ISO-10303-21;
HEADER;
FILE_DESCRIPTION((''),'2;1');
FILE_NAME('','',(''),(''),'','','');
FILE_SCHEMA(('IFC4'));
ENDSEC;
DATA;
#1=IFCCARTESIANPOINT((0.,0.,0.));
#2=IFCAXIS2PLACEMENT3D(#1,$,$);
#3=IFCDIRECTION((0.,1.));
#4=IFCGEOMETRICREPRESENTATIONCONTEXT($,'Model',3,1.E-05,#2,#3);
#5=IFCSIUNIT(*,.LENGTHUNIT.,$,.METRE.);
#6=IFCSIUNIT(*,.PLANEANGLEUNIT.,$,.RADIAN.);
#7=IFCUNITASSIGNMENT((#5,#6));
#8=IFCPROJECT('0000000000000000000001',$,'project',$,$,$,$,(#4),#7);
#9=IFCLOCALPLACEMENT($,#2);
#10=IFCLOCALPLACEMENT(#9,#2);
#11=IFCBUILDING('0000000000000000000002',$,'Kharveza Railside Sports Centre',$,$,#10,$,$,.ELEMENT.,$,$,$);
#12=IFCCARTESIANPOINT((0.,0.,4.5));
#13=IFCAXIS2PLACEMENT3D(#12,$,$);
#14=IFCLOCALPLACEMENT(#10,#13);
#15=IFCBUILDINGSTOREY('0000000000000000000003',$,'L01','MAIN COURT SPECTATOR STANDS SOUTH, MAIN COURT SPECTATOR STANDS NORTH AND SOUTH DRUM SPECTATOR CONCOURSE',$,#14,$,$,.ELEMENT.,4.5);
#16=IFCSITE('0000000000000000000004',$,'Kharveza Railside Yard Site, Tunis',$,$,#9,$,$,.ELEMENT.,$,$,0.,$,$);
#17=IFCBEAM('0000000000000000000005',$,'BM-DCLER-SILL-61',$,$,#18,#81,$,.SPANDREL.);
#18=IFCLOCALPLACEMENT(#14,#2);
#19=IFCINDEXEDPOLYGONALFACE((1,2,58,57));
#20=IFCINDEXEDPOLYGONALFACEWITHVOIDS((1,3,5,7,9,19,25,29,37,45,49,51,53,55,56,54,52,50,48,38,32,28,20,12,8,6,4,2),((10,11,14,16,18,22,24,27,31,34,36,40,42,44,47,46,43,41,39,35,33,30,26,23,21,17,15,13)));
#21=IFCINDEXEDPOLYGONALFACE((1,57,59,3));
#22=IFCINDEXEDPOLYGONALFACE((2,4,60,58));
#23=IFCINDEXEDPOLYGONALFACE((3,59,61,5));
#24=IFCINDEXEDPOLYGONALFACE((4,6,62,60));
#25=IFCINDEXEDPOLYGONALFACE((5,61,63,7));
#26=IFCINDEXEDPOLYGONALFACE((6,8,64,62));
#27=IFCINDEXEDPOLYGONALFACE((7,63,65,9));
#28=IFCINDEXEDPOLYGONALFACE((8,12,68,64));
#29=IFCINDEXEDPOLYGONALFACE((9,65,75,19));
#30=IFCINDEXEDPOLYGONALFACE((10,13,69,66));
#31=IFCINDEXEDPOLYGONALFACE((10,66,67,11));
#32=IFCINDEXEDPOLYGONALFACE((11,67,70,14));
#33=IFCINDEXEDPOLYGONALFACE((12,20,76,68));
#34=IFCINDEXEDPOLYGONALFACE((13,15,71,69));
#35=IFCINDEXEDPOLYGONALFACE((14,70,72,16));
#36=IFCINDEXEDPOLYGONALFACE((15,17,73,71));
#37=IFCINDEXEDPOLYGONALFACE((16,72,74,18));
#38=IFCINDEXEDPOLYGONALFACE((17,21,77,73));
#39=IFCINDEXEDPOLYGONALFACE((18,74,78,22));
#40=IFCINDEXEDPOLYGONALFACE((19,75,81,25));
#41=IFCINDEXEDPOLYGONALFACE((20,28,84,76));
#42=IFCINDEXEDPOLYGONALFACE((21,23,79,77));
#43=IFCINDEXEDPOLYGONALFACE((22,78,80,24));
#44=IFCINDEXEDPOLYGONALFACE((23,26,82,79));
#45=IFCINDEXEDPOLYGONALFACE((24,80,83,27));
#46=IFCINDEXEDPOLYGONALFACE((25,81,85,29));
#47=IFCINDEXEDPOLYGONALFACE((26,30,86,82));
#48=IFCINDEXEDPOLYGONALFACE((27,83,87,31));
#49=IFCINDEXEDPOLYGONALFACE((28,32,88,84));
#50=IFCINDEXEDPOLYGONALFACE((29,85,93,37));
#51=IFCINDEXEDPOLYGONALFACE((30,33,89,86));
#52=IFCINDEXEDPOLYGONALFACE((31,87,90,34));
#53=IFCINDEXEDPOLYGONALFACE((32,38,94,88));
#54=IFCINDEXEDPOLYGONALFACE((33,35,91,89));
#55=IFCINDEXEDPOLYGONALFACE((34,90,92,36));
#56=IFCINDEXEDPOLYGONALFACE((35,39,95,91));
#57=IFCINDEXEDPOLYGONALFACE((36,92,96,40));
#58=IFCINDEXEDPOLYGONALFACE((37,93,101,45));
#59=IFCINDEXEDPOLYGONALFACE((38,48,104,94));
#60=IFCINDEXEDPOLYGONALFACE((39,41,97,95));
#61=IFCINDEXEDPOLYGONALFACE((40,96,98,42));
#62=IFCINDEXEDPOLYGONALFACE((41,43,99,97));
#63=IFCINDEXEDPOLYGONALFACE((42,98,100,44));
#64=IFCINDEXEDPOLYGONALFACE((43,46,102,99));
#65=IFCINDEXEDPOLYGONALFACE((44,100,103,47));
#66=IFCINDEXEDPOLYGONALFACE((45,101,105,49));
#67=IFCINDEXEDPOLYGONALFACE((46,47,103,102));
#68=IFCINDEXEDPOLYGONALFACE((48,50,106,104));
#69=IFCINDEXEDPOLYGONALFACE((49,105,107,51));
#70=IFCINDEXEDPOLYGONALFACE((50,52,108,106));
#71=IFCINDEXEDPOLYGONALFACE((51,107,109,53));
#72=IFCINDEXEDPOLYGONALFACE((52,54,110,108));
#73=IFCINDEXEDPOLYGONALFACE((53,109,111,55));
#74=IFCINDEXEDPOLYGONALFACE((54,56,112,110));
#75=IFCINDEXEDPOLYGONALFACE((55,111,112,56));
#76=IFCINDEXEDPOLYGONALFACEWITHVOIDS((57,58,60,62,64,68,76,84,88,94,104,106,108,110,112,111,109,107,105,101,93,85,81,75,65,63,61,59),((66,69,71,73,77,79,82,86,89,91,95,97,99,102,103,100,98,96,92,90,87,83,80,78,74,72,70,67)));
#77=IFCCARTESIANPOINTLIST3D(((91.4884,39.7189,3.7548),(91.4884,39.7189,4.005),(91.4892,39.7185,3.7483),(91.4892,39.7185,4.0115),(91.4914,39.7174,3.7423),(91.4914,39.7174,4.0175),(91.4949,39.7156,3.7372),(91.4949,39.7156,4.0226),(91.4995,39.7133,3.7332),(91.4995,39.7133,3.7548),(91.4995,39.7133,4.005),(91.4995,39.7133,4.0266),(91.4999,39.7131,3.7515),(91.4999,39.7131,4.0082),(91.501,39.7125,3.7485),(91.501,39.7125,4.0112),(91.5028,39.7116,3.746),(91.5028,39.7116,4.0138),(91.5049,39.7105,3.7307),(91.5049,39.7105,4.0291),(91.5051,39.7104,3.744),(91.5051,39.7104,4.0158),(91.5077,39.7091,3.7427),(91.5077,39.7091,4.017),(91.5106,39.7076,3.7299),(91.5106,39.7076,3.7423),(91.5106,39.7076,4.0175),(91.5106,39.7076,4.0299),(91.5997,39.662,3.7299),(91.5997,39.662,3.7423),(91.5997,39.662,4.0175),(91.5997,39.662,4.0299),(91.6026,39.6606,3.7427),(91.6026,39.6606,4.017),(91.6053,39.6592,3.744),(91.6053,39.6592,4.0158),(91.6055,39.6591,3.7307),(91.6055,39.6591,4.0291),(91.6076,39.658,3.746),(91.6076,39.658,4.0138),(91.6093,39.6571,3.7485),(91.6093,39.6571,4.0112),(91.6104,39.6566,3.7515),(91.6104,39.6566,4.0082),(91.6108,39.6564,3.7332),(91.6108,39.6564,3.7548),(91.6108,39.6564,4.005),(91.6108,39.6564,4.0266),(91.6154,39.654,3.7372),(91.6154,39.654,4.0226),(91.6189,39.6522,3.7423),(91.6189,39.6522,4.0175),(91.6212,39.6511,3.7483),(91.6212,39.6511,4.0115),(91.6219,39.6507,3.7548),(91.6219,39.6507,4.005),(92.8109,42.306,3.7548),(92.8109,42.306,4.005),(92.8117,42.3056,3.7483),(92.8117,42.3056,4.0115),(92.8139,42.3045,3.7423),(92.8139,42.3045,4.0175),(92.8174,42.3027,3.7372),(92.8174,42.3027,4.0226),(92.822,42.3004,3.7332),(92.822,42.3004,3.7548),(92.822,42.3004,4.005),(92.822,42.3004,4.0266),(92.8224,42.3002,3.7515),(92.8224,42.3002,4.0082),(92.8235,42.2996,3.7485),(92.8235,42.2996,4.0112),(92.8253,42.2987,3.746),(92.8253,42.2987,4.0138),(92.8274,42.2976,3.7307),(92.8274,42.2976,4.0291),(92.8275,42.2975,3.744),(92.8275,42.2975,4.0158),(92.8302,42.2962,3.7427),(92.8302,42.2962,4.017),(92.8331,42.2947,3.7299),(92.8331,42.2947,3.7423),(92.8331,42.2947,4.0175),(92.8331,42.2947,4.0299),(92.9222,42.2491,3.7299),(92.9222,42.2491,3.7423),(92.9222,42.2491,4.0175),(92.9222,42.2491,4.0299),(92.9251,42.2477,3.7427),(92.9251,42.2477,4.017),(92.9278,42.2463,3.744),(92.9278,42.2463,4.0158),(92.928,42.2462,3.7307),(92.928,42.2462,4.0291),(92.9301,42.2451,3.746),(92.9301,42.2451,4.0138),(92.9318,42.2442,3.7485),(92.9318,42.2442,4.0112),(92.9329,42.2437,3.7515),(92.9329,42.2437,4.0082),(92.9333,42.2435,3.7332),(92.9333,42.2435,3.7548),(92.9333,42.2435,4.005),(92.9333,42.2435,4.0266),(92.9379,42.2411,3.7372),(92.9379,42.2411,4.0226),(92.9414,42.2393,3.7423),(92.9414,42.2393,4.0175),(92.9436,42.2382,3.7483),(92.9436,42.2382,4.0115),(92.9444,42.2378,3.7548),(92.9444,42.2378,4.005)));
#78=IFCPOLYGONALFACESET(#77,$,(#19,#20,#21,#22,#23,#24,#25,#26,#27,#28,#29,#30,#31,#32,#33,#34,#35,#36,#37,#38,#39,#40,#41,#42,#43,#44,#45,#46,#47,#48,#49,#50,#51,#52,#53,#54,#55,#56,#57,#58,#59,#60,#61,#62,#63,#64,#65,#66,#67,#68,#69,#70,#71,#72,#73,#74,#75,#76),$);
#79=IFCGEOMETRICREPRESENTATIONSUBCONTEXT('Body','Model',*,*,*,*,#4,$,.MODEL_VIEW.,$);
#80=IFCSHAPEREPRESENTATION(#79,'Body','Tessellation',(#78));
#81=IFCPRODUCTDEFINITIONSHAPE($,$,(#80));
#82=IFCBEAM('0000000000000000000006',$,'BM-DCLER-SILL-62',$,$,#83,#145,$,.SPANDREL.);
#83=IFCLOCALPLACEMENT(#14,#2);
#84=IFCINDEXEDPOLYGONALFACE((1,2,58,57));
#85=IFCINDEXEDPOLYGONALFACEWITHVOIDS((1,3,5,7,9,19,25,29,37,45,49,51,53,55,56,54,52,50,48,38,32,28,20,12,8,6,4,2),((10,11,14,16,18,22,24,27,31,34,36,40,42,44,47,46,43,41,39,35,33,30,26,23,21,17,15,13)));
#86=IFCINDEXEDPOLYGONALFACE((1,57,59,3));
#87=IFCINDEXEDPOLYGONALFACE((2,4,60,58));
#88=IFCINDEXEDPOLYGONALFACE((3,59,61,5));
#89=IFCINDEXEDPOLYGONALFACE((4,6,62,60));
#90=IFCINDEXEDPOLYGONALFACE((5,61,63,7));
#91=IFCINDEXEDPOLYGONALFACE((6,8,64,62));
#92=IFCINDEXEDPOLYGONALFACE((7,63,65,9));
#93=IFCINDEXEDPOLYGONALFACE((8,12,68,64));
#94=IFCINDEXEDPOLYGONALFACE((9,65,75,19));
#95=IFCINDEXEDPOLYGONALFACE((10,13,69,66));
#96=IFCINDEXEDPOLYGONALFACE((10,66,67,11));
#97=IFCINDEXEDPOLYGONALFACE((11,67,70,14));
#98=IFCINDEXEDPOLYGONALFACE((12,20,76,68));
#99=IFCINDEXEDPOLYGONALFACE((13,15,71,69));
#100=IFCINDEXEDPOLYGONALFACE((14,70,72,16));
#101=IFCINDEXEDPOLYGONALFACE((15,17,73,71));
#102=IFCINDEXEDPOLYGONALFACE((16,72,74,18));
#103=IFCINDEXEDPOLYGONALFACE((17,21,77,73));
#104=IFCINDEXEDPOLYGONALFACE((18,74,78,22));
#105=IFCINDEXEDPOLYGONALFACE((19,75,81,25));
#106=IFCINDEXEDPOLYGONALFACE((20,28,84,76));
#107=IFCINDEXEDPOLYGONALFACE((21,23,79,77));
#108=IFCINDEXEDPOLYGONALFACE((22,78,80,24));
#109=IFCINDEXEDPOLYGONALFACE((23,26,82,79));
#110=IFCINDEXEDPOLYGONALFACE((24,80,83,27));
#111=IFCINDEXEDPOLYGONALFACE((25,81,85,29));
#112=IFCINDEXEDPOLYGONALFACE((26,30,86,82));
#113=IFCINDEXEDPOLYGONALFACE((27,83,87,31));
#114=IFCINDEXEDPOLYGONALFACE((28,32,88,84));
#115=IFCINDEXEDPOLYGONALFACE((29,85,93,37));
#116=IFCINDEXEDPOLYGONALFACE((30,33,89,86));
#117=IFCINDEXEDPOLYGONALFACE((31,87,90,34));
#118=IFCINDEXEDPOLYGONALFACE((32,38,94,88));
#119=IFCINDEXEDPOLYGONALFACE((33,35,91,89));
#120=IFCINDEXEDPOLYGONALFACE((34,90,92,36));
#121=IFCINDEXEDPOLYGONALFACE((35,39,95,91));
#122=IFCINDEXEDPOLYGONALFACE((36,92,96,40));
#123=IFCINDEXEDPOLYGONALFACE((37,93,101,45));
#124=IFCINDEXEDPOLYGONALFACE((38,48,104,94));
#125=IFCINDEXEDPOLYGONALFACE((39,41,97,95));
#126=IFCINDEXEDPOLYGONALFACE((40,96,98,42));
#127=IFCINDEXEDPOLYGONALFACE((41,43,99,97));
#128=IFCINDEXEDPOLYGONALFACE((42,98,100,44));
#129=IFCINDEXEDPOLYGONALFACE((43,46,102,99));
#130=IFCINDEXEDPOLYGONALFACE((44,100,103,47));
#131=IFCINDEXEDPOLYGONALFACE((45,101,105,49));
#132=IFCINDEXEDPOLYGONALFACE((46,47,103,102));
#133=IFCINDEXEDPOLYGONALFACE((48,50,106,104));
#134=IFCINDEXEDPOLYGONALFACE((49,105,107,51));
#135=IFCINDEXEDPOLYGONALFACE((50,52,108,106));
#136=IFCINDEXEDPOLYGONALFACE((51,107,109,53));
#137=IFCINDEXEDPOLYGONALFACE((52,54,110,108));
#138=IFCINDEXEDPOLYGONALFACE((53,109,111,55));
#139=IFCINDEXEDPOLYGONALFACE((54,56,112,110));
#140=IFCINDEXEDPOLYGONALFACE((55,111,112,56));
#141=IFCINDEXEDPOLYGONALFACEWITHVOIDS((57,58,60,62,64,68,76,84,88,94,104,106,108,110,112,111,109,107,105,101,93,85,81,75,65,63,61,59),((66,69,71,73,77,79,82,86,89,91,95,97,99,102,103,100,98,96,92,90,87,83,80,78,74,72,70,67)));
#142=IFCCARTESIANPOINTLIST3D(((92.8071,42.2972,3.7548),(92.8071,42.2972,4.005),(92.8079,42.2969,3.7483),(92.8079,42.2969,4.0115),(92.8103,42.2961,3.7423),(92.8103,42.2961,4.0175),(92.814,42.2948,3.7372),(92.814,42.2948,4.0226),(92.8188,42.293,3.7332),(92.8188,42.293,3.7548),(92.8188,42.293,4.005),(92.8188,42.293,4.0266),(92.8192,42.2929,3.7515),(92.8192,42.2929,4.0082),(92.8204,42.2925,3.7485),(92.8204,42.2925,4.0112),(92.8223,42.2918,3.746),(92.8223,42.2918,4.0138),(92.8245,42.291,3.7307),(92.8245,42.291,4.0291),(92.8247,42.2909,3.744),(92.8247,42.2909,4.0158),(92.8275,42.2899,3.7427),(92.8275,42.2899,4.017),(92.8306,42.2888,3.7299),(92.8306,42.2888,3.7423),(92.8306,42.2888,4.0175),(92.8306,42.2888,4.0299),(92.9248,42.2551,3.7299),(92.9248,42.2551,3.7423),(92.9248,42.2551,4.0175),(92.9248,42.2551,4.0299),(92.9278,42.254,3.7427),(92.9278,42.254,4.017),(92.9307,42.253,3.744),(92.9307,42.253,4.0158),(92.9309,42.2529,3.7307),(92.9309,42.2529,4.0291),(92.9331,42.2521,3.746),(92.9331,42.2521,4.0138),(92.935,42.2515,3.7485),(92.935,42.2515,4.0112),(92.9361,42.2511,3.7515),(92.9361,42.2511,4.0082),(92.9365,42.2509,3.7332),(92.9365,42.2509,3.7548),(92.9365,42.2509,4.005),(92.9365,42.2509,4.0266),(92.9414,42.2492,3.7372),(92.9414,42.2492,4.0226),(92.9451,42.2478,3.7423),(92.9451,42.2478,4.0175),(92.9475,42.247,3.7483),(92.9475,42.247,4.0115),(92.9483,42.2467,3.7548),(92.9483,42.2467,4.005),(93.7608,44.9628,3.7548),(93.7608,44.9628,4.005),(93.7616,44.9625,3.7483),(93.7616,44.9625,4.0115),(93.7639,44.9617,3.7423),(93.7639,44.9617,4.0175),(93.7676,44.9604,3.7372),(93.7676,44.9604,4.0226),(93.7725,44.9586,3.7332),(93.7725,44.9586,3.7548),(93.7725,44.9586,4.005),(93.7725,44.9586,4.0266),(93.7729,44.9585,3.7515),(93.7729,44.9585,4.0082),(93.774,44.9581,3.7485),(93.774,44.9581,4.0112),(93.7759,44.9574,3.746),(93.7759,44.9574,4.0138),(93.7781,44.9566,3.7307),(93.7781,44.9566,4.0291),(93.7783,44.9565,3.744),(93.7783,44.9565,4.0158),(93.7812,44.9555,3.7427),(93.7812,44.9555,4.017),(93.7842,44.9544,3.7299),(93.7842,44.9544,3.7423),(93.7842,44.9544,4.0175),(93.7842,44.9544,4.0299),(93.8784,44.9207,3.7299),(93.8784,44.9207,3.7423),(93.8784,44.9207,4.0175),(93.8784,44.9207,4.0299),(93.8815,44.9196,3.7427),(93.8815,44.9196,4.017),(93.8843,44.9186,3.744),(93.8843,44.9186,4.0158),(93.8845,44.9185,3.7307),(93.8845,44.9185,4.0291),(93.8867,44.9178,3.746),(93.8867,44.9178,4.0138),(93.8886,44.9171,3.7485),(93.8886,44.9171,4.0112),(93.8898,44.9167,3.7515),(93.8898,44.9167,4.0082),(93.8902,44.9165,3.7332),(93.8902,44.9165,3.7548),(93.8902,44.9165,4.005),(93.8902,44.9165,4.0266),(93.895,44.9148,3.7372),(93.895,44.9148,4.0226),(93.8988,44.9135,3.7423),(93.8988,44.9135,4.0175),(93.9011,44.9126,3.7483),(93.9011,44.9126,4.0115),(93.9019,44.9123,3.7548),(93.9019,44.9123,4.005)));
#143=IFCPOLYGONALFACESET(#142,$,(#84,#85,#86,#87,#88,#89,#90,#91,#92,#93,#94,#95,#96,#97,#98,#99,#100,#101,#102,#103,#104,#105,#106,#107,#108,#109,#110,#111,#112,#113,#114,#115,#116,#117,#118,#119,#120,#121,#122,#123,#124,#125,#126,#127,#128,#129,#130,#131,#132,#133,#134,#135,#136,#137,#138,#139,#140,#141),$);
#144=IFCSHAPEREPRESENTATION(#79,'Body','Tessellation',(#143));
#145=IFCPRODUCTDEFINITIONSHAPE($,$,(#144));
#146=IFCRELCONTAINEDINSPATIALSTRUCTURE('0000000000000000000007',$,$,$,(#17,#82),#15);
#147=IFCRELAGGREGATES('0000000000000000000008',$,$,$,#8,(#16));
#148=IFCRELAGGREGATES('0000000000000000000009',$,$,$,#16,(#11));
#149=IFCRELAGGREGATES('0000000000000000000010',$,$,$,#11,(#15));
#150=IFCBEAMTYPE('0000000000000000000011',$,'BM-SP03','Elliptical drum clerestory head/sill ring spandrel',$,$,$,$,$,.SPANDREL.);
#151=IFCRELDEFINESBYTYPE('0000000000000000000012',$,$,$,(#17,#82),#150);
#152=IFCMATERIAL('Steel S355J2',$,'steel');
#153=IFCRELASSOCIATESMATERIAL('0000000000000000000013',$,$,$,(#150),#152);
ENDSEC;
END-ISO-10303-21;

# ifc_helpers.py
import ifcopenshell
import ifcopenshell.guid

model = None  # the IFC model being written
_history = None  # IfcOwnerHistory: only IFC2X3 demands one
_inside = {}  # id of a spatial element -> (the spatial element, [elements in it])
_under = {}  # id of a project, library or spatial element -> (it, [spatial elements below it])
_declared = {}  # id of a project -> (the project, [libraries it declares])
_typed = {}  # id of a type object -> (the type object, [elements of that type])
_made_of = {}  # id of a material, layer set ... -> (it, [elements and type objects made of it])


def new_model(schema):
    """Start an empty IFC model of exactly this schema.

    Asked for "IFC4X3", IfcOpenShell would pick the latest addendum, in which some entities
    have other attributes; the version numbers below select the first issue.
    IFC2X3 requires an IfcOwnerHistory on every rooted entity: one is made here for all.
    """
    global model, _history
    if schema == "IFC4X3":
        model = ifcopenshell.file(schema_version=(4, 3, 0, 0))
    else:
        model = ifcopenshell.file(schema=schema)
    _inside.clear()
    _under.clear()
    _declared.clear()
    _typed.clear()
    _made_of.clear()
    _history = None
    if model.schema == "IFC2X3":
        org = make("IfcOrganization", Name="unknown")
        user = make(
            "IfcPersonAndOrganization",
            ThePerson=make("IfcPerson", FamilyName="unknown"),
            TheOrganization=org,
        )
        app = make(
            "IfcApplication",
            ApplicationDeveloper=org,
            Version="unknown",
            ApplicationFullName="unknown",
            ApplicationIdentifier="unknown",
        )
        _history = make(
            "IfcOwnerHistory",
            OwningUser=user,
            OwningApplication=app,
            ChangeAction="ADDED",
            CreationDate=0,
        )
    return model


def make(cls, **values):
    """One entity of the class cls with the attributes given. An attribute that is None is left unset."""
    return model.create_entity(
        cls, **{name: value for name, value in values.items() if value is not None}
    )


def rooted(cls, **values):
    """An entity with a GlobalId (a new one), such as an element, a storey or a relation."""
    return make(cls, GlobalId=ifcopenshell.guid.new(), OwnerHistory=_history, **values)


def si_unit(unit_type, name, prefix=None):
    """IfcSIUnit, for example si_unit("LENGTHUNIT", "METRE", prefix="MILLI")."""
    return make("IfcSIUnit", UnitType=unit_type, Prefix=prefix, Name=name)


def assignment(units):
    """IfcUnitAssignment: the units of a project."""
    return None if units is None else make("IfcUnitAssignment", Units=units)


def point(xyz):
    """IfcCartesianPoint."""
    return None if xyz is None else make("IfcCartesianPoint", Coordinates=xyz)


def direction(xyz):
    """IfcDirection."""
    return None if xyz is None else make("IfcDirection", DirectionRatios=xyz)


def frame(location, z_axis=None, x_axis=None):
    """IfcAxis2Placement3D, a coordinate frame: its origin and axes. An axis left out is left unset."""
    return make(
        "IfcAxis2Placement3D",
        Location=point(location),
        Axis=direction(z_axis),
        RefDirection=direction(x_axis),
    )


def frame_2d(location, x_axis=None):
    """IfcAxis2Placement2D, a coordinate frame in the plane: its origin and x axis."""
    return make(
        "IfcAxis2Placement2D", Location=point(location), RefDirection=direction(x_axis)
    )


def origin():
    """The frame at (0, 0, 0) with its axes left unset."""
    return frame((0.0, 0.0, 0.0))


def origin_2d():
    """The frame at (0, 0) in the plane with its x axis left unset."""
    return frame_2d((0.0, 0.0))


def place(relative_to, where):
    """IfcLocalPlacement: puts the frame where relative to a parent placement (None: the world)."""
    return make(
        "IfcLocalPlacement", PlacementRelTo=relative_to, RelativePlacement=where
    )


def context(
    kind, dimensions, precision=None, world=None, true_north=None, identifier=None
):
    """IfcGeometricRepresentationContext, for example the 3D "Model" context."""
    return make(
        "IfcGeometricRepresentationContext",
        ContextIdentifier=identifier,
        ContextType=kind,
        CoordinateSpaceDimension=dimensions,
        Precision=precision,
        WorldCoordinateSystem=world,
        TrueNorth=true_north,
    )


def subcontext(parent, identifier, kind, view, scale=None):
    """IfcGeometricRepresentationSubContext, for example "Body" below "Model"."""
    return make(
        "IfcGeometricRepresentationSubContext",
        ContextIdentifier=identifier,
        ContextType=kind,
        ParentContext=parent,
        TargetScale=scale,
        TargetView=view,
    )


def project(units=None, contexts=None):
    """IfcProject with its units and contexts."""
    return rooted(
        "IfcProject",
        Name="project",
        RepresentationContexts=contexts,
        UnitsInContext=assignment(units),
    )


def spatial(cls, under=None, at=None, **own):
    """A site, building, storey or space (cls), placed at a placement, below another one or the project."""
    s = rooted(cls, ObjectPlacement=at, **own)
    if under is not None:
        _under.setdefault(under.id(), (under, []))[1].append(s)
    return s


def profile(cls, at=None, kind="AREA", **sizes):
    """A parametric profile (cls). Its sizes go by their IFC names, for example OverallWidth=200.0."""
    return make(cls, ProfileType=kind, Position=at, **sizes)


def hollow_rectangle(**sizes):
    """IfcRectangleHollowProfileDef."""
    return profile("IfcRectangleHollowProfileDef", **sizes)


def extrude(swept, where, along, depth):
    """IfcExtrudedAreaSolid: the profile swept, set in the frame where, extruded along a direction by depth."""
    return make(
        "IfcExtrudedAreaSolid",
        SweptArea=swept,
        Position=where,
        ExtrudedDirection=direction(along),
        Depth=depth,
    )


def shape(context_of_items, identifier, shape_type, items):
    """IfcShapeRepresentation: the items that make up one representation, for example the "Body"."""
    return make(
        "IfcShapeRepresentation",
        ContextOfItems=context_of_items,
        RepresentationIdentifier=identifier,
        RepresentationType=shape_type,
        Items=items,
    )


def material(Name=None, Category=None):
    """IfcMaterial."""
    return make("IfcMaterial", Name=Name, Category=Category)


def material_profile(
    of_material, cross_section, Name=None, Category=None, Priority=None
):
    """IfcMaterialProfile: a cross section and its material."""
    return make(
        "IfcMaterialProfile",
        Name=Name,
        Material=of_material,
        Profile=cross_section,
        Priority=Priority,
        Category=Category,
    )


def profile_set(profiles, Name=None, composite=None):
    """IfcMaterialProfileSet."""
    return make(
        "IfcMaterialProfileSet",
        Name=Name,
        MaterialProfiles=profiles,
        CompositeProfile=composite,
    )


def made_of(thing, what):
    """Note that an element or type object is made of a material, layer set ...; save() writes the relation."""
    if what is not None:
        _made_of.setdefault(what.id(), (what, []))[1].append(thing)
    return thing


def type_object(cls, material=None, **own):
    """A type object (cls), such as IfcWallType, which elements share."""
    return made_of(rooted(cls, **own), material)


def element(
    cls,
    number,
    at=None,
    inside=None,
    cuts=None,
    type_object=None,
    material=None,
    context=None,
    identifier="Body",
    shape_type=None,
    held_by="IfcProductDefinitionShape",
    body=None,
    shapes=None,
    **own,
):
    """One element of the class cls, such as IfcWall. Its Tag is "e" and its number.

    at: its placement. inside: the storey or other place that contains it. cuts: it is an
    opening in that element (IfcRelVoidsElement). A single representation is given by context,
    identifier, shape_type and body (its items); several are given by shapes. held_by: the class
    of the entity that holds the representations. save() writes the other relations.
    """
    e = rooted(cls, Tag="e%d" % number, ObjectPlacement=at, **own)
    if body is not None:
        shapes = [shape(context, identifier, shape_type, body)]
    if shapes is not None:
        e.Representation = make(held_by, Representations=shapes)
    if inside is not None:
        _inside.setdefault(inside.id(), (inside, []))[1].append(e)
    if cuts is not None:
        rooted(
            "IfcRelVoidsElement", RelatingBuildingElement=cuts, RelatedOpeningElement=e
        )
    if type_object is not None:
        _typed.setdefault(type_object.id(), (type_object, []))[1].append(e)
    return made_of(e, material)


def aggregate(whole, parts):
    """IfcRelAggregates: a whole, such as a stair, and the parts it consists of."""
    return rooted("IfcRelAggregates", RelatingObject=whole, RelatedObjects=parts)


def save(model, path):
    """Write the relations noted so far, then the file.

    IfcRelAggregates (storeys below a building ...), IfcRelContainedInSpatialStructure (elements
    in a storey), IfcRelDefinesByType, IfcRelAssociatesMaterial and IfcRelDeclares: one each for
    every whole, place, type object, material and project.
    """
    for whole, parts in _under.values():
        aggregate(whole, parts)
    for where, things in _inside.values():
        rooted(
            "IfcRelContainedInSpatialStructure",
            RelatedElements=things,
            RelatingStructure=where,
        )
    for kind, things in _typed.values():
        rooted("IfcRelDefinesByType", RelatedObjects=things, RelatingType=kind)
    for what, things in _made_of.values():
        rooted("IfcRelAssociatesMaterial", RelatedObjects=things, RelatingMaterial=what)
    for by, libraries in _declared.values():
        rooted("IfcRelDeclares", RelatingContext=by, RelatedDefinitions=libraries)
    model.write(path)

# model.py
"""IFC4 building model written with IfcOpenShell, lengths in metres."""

from ifc_helpers import new_model, si_unit, direction, frame, origin, origin_2d, place, context, subcontext, project, spatial, hollow_rectangle, extrude, material, material_profile, profile_set, type_object, element, save


model = new_model("IFC4")

# Units and contexts
model_context = context("Model", 3, precision=1e-05, world=origin(), true_north=direction((0.0, 1.0)))
body_context = subcontext(model_context, "Body", "Model", "MODEL_VIEW")
ifc_project = project(units=[si_unit("LENGTHUNIT", "METRE"), si_unit("PLANEANGLEUNIT", "RADIAN")], contexts=[model_context])

# Site, building, storey
site_placement = place(None, origin())
site = spatial("IfcSite", under=ifc_project, at=site_placement, Name="Kharveza Railside Yard Site, Tunis", CompositionType="ELEMENT", RefElevation=0.0)
building_placement = place(site_placement, origin())
building = spatial("IfcBuilding", under=site, at=building_placement, Name="Kharveza Railside Sports Centre", CompositionType="ELEMENT")
storey_placement = place(building_placement, frame((0.0, 0.0, 4.5)))
storey = spatial("IfcBuildingStorey", under=building, at=storey_placement, Name="L01", Description="MAIN COURT SPECTATOR STANDS SOUTH, MAIN COURT SPECTATOR STANDS NORTH AND SOUTH DRUM SPECTATOR CONCOURSE", CompositionType="ELEMENT", Elevation=4.5)

# Shared definitions
ifc_material_1 = material(Name="Steel S355J2", Category="steel")

# Beams
ifc_material_profile_1 = material_profile(ifc_material_1, hollow_rectangle(XDim=0.1499, YDim=0.3, WallThickness=0.0125, InnerFilletRadius=0.0125, OuterFilletRadius=0.0249, at=origin_2d()), Name="RHS 150x300x12.5")
ifc_profile_set_1 = profile_set([ifc_material_profile_1], Name="Steel S355J2")
beam_type_1 = type_object("IfcBeamType", Name="BM-SP03", Description="Elliptical drum clerestory head/sill ring spandrel", PredefinedType="SPANDREL", material=ifc_profile_set_1)
beam_1_placement = place(storey_placement, frame((91.5552, 39.6848, 3.8799), z_axis=(0.455161, 0.890409, 0.0), x_axis=(-0.890409, 0.455161, 0.0)))
element("IfcBeam", 1, at=beam_1_placement, inside=storey, type_object=beam_type_1, Name="BM-DCLER-SILL-61", PredefinedType="SPANDREL", context=body_context, shape_type="SweptSolid", body=[
    extrude(hollow_rectangle(XDim=0.1499, YDim=0.3, WallThickness=0.0125, InnerFilletRadius=0.0125, OuterFilletRadius=0.0249, at=origin_2d()), origin(), (0.0, 0.0, 1.0), 2.9055),
])
beam_2_placement = place(storey_placement, frame((92.8777, 42.272, 3.8799), z_axis=(0.33685, 0.941558, 0.0), x_axis=(-0.941558, 0.33685, 0.0)))
element("IfcBeam", 2, at=beam_2_placement, inside=storey, type_object=beam_type_1, Name="BM-DCLER-SILL-62", PredefinedType="SPANDREL", context=body_context, shape_type="SweptSolid", body=[
    extrude(hollow_rectangle(XDim=0.1499, YDim=0.3, WallThickness=0.0125, InnerFilletRadius=0.0125, OuterFilletRadius=0.0249, at=origin_2d()), origin(), (0.0, 0.0, 1.0), 2.8311),
])

save(model, "model.ifc")
